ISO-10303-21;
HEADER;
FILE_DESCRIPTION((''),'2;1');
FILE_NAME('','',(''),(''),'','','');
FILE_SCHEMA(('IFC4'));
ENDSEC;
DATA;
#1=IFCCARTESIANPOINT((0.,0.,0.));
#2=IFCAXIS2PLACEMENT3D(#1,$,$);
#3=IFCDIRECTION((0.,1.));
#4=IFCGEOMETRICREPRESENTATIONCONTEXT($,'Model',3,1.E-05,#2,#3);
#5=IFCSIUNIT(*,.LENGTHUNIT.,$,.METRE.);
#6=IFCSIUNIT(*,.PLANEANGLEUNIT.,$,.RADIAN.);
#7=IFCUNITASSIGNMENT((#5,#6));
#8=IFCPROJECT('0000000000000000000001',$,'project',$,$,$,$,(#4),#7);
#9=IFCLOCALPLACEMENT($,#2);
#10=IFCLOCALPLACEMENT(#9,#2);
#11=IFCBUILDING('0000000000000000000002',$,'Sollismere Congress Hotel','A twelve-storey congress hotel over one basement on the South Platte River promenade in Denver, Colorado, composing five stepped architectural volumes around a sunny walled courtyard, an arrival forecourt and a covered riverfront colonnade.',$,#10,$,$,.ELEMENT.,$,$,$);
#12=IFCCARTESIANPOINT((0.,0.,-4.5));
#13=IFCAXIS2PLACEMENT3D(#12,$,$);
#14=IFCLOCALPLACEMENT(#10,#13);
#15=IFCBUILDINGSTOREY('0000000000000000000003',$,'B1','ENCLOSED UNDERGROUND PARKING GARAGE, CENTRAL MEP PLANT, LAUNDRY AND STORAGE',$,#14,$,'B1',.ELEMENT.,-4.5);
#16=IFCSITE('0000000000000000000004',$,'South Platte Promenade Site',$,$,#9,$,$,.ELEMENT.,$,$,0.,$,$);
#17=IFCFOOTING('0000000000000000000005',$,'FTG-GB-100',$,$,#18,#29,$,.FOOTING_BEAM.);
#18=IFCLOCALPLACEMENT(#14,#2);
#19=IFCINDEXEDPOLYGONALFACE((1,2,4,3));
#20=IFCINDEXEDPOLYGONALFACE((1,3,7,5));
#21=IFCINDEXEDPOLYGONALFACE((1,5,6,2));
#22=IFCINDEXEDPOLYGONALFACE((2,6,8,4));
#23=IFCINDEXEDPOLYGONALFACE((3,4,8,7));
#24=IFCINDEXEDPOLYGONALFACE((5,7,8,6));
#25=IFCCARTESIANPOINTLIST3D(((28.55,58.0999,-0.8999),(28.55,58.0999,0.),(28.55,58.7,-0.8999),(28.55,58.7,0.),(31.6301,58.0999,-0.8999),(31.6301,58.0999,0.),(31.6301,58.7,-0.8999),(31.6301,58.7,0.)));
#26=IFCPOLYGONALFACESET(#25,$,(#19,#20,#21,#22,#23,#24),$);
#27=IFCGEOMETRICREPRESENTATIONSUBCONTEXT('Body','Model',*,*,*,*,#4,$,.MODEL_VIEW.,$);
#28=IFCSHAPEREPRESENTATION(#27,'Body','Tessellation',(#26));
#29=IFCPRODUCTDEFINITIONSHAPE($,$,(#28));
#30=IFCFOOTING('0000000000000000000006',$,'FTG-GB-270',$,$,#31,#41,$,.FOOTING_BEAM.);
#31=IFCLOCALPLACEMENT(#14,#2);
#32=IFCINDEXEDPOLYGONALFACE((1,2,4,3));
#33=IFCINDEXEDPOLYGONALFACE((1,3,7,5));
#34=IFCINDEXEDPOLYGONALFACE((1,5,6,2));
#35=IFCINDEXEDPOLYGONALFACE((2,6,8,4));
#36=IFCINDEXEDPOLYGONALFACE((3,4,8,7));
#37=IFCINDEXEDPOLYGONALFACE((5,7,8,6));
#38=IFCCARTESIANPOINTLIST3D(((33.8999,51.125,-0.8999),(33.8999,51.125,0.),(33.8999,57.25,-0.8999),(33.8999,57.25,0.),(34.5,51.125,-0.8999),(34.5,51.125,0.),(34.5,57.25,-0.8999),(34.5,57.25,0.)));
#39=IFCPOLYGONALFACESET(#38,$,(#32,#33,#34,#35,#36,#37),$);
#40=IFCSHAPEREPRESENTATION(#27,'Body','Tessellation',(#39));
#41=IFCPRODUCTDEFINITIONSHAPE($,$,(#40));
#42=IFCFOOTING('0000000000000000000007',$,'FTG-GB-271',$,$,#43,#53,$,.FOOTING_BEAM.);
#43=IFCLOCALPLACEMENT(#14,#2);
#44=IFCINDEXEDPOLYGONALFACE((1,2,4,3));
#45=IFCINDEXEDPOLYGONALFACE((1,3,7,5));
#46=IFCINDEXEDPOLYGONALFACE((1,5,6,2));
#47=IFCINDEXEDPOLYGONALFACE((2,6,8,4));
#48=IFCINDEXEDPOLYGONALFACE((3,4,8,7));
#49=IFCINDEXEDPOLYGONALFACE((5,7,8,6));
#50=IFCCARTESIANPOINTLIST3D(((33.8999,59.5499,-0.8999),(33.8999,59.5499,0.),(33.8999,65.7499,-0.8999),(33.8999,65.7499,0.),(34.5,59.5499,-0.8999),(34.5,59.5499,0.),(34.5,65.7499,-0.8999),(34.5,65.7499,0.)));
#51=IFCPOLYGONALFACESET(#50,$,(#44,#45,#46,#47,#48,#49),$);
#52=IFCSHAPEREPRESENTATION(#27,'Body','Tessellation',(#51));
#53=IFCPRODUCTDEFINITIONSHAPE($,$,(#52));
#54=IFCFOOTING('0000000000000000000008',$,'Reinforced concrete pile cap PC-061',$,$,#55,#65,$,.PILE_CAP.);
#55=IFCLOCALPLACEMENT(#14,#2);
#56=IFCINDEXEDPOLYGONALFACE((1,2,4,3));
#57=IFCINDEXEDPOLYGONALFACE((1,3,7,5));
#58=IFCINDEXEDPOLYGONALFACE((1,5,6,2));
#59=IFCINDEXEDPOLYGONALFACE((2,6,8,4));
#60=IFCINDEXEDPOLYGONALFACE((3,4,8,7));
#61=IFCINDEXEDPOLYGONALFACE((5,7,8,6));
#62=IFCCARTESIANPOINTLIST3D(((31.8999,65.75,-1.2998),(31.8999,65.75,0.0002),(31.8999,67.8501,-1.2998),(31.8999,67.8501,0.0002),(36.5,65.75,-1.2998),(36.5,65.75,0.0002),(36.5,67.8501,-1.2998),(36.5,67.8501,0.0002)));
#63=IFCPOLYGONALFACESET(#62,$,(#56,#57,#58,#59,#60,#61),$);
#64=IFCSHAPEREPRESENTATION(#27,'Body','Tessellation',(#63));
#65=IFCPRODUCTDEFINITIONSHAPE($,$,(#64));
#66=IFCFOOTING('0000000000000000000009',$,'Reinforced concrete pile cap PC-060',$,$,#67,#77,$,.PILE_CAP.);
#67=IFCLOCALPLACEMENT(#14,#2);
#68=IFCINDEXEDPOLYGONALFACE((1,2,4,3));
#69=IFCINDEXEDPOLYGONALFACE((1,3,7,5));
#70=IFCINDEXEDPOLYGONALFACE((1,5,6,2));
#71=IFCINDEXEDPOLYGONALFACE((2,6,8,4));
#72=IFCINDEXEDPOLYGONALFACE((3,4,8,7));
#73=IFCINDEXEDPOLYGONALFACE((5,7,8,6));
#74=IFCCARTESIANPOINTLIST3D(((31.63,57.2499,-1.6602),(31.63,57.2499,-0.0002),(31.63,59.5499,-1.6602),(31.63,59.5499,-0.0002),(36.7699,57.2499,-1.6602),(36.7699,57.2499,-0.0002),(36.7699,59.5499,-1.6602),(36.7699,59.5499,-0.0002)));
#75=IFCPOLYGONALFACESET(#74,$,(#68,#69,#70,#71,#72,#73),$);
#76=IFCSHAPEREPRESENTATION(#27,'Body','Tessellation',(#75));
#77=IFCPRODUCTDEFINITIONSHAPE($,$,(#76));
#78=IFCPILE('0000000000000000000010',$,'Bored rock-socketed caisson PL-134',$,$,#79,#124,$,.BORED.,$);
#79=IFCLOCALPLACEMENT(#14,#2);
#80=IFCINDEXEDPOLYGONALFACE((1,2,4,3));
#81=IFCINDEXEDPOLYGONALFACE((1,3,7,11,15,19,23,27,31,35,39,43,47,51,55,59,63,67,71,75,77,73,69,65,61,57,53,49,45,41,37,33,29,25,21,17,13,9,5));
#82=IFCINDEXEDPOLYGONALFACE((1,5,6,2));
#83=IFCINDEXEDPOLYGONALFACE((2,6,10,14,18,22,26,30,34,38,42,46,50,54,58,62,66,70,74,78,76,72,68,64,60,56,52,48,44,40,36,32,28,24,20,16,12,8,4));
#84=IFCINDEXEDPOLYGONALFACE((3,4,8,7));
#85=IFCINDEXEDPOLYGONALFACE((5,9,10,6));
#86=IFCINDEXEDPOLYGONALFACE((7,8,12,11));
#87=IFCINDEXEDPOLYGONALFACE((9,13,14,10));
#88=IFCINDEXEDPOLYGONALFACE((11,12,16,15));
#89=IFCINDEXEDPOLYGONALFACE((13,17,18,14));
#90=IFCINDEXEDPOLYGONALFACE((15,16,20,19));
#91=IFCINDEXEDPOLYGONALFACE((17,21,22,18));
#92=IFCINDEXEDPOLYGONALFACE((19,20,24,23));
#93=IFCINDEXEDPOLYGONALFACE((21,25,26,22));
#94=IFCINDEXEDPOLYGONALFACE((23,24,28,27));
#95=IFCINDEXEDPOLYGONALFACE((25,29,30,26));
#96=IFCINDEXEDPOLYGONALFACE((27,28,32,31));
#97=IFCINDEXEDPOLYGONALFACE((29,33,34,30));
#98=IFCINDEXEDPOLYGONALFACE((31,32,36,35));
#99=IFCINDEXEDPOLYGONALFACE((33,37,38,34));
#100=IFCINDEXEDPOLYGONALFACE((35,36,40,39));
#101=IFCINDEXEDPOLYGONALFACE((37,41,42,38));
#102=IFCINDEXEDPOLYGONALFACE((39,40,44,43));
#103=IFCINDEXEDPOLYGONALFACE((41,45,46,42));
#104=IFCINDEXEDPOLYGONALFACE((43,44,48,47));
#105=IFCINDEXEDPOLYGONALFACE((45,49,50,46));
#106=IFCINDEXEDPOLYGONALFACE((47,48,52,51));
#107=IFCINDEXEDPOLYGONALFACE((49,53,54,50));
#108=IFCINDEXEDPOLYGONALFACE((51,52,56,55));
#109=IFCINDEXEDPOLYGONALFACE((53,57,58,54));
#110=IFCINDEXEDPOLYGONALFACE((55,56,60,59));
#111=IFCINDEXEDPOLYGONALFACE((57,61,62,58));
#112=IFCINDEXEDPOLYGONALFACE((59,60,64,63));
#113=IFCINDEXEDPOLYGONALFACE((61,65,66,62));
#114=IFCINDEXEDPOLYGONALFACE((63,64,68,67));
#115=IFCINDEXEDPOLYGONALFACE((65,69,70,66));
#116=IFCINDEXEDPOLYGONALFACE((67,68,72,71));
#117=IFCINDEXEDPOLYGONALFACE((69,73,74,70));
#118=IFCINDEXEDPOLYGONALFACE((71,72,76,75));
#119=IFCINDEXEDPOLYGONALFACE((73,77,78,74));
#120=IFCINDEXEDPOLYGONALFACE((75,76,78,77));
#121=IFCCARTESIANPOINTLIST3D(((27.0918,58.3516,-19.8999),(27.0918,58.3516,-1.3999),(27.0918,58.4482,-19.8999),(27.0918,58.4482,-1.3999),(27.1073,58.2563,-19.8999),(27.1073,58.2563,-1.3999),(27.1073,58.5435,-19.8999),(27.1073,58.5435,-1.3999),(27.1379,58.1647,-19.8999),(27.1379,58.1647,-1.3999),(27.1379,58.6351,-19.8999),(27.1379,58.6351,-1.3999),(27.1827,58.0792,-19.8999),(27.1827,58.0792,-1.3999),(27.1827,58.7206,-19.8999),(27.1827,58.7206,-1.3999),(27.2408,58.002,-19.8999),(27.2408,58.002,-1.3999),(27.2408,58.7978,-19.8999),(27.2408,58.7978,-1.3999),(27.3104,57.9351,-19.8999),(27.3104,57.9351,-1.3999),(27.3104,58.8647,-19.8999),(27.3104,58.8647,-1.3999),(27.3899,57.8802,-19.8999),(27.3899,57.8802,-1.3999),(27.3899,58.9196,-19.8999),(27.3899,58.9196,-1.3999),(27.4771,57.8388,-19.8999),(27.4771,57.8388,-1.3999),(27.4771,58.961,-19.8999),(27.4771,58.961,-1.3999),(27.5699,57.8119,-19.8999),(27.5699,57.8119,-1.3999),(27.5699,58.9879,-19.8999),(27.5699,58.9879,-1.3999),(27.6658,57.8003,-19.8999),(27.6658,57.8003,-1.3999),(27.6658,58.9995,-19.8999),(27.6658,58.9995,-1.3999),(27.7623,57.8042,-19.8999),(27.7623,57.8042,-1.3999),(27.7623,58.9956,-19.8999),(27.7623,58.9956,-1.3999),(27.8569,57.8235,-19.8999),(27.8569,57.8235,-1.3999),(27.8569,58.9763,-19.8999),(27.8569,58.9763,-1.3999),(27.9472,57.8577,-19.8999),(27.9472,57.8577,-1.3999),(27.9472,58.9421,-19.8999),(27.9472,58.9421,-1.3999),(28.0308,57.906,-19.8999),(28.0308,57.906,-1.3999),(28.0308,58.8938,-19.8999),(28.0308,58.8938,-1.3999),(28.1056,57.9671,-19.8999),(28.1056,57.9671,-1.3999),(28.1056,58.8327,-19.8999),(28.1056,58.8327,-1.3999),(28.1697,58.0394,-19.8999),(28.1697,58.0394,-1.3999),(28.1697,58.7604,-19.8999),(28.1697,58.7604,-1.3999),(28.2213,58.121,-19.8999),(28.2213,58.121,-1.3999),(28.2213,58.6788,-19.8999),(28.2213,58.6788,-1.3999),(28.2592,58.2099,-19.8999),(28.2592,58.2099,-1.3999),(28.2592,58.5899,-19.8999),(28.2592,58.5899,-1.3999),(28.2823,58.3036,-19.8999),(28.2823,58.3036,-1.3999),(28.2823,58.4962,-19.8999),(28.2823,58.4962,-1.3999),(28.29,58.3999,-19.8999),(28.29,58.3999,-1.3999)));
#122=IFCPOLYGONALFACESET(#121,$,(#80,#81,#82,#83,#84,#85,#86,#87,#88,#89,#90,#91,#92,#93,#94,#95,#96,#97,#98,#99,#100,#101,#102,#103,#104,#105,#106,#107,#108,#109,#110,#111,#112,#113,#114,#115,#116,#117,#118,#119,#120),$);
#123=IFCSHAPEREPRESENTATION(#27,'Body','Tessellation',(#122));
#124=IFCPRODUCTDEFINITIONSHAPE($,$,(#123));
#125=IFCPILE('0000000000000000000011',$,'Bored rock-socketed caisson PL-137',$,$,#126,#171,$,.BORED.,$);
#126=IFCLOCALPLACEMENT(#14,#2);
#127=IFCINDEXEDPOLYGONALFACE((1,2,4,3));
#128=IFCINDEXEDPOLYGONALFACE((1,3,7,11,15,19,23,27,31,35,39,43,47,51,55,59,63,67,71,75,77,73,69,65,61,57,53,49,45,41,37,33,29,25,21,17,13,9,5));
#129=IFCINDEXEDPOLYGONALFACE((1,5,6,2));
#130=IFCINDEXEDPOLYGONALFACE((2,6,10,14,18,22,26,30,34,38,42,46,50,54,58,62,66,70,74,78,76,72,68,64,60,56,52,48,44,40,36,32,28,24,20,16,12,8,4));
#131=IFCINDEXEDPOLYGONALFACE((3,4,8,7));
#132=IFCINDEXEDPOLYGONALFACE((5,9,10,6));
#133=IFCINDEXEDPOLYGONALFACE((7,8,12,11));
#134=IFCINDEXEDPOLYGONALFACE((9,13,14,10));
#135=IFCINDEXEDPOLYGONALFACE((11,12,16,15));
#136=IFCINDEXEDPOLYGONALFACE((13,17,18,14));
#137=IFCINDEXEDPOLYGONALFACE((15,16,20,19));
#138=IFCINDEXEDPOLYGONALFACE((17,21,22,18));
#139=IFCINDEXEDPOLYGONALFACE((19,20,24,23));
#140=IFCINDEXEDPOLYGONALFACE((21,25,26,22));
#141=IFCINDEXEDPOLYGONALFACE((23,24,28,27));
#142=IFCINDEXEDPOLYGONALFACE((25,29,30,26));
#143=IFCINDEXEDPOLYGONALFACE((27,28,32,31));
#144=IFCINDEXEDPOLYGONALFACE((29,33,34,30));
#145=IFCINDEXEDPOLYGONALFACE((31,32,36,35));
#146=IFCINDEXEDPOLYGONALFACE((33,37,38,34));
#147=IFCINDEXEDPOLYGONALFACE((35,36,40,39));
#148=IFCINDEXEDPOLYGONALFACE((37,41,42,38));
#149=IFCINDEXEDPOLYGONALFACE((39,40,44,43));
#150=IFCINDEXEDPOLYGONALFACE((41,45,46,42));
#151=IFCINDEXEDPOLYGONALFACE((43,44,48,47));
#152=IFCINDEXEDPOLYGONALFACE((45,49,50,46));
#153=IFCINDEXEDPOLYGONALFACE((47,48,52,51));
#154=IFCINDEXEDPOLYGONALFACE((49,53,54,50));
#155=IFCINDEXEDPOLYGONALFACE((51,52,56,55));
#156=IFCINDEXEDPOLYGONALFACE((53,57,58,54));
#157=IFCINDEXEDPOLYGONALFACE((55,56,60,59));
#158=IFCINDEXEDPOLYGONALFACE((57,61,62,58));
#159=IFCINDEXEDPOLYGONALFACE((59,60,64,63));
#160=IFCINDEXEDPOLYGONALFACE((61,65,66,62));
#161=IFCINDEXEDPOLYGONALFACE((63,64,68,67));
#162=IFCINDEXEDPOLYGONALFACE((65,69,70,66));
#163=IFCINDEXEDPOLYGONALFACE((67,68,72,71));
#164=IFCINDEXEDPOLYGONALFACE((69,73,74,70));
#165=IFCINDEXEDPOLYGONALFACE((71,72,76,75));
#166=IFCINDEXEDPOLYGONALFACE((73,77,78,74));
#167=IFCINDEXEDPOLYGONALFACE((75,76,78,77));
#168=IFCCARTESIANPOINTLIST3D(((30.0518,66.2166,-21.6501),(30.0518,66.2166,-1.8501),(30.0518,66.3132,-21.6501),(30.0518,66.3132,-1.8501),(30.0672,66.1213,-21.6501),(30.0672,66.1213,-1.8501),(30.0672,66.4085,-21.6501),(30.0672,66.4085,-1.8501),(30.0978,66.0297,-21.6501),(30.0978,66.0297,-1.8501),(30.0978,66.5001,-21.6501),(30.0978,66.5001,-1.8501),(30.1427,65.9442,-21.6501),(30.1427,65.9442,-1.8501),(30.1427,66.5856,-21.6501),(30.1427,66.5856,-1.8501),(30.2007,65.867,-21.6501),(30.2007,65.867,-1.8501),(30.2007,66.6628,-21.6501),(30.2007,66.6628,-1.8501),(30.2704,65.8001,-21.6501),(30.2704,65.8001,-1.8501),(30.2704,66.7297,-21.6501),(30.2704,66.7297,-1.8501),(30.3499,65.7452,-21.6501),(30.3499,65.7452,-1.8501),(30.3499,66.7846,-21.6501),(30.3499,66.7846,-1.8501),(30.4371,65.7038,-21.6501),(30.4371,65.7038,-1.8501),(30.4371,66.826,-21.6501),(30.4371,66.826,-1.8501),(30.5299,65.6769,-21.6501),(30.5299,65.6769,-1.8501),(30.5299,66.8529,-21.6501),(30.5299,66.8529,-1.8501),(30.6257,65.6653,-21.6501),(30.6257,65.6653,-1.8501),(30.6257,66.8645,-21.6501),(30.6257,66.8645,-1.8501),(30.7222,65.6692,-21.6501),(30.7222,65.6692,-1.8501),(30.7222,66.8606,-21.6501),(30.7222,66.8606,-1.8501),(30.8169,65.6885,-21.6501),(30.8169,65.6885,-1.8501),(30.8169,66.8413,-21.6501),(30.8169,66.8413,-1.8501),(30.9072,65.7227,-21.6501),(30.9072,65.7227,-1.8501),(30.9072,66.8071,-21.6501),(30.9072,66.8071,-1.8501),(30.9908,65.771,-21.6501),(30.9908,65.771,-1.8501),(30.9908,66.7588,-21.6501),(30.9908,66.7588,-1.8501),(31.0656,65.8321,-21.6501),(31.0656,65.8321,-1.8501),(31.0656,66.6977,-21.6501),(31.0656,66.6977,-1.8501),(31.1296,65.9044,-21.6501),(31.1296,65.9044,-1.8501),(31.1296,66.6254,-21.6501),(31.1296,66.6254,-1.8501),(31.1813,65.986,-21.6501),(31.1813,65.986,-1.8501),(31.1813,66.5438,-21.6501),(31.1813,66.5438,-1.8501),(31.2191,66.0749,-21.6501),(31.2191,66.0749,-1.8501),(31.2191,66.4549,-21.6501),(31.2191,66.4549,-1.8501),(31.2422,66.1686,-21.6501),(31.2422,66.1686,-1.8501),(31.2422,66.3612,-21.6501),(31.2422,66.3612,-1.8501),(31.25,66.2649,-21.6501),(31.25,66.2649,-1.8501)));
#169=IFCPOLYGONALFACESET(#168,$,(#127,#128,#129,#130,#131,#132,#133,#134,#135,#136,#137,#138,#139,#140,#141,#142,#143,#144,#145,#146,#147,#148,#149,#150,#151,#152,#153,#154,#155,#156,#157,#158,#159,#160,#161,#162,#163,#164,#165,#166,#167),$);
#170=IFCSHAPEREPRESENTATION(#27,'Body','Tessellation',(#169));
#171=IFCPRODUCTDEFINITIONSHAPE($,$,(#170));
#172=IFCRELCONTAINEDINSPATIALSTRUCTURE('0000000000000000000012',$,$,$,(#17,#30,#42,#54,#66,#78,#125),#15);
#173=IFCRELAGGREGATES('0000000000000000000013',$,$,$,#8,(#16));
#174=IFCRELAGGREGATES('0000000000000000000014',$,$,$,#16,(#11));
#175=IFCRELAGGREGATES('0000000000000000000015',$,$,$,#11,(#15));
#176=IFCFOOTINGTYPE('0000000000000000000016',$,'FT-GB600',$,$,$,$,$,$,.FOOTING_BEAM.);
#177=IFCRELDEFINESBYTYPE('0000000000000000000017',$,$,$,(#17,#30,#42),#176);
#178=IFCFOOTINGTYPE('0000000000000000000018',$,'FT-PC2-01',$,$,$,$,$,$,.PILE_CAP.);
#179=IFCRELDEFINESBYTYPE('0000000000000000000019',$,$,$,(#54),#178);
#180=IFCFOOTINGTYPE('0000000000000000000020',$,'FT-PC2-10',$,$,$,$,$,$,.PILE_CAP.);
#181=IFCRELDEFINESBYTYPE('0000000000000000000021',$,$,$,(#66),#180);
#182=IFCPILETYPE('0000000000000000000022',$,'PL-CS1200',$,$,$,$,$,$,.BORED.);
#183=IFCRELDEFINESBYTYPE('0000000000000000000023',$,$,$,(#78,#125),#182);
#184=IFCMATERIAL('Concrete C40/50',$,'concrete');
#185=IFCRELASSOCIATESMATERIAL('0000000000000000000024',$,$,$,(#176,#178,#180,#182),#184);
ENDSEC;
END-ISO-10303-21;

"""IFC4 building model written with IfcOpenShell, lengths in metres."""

from ifc_helpers import new_model, si_unit, direction, frame, origin, origin_2d, place, context, subcontext, project, spatial, rectangle, circle, extrude, material, material_profile, profile_set, type_object, element, save


model = new_model("IFC4")

# Units and contexts
model_context = context("Model", 3, precision=1e-05, world=origin(), true_north=direction((0.0, 1.0)))
body_context = subcontext(model_context, "Body", "Model", "MODEL_VIEW")
ifc_project = project(units=[si_unit("LENGTHUNIT", "METRE"), si_unit("PLANEANGLEUNIT", "RADIAN")], contexts=[model_context])

# Site, building, storey
site_placement = place(None, origin())
site = spatial("IfcSite", under=ifc_project, at=site_placement, Name="South Platte Promenade Site", CompositionType="ELEMENT", RefElevation=0.0)
building_placement = place(site_placement, origin())
building = spatial("IfcBuilding", under=site, at=building_placement, Name="Sollismere Congress Hotel", Description="A twelve-storey congress hotel over one basement on the South Platte River promenade in Denver, Colorado, composing five stepped architectural volumes around a sunny walled courtyard, an arrival forecourt and a covered riverfront colonnade.", CompositionType="ELEMENT")
storey_placement = place(building_placement, frame((0.0, 0.0, -4.5)))
storey = spatial("IfcBuildingStorey", under=building, at=storey_placement, Name="B1", Description="ENCLOSED UNDERGROUND PARKING GARAGE, CENTRAL MEP PLANT, LAUNDRY AND STORAGE", LongName="B1", CompositionType="ELEMENT", Elevation=-4.5)

# Footings
ifc_material_1 = material(Name="Concrete C40/50", Category="concrete")
footing_type_1 = type_object("IfcFootingType", Name="FT-GB600", PredefinedType="FOOTING_BEAM", material=ifc_material_1)
footing_1_placement = place(storey_placement, frame((30.0901, 58.3999, -0.8999), z_axis=(0.0, 0.0, 1.0), x_axis=(1.0, 0.0, 0.0)))
element("IfcFooting", 1, at=footing_1_placement, inside=storey, type_object=footing_type_1, Name="FTG-GB-100", PredefinedType="FOOTING_BEAM", context=body_context, shape_type="SweptSolid", body=[
    extrude(rectangle(XDim=3.0801, YDim=0.6001, at=origin_2d()), origin(), (0.0, 0.0, 1.0), 0.8999),
])
footing_2_placement = place(storey_placement, frame((34.2, 54.1875, -0.8999), z_axis=(0.0, 0.0, 1.0), x_axis=(0.0, 1.0, 0.0)))
element("IfcFooting", 2, at=footing_2_placement, inside=storey, type_object=footing_type_1, Name="FTG-GB-270", PredefinedType="FOOTING_BEAM", context=body_context, shape_type="SweptSolid", body=[
    extrude(rectangle(XDim=6.125, YDim=0.6001, at=origin_2d()), origin(), (0.0, 0.0, 1.0), 0.8999),
])
footing_3_placement = place(storey_placement, frame((34.2, 62.6499, -0.8999), z_axis=(0.0, 0.0, 1.0), x_axis=(0.0, 1.0, 0.0)))
element("IfcFooting", 3, at=footing_3_placement, inside=storey, type_object=footing_type_1, Name="FTG-GB-271", PredefinedType="FOOTING_BEAM", context=body_context, shape_type="SweptSolid", body=[
    extrude(rectangle(XDim=6.2, YDim=0.6001, at=origin_2d()), origin(), (0.0, 0.0, 1.0), 0.8999),
])
footing_type_2 = type_object("IfcFootingType", Name="FT-PC2-01", PredefinedType="PILE_CAP", material=ifc_material_1)
footing_4_placement = place(storey_placement, frame((34.2, 66.8, -1.2998), z_axis=(0.0, 0.0, 1.0), x_axis=(1.0, 0.0, 0.0)))
element("IfcFooting", 4, at=footing_4_placement, inside=storey, type_object=footing_type_2, Name="Reinforced concrete pile cap PC-061", PredefinedType="PILE_CAP", context=body_context, shape_type="SweptSolid", body=[
    extrude(rectangle(XDim=4.6001, YDim=2.1001, at=origin_2d()), origin(), (0.0, 0.0, 1.0), 1.3),
])
footing_type_3 = type_object("IfcFootingType", Name="FT-PC2-10", PredefinedType="PILE_CAP", material=ifc_material_1)
footing_5_placement = place(storey_placement, frame((34.2, 58.3999, -1.6602), z_axis=(0.0, 0.0, 1.0), x_axis=(1.0, 0.0, 0.0)))
element("IfcFooting", 5, at=footing_5_placement, inside=storey, type_object=footing_type_3, Name="Reinforced concrete pile cap PC-060", PredefinedType="PILE_CAP", context=body_context, shape_type="SweptSolid", body=[
    extrude(rectangle(XDim=5.1399, YDim=2.3, at=origin_2d()), origin(), (0.0, 0.0, 1.0), 1.6599),
])

# Piles
ifc_material_profile_1 = material_profile(ifc_material_1, circle(Radius=0.6001, at=origin_2d()), Name="CAISSON1200")
ifc_profile_set_1 = profile_set([ifc_material_profile_1], Name="Concrete C40/50")
pile_type = type_object("IfcPileType", Name="PL-CS1200", PredefinedType="BORED", material=ifc_profile_set_1)
pile_1_placement = place(storey_placement, frame((27.6899, 58.3999, -1.3999), z_axis=(0.0, 0.0, -1.0), x_axis=(1.0, 0.0, 0.0)))
element("IfcPile", 6, at=pile_1_placement, inside=storey, type_object=pile_type, Name="Bored rock-socketed caisson PL-134", PredefinedType="BORED", context=body_context, shape_type="SweptSolid", body=[
    extrude(circle(Radius=0.6001, at=origin_2d()), origin(), (0.0, 0.0, 1.0), 18.5),
])
pile_2_placement = place(storey_placement, frame((30.6499, 66.2649, -1.8501), z_axis=(0.0, 0.0, -1.0), x_axis=(1.0, 0.0, 0.0)))
element("IfcPile", 7, at=pile_2_placement, inside=storey, type_object=pile_type, Name="Bored rock-socketed caisson PL-137", PredefinedType="BORED", context=body_context, shape_type="SweptSolid", body=[
    extrude(circle(Radius=0.6001, at=origin_2d()), origin(), (0.0, 0.0, 1.0), 19.8),
])

save(model, "model.ifc")
